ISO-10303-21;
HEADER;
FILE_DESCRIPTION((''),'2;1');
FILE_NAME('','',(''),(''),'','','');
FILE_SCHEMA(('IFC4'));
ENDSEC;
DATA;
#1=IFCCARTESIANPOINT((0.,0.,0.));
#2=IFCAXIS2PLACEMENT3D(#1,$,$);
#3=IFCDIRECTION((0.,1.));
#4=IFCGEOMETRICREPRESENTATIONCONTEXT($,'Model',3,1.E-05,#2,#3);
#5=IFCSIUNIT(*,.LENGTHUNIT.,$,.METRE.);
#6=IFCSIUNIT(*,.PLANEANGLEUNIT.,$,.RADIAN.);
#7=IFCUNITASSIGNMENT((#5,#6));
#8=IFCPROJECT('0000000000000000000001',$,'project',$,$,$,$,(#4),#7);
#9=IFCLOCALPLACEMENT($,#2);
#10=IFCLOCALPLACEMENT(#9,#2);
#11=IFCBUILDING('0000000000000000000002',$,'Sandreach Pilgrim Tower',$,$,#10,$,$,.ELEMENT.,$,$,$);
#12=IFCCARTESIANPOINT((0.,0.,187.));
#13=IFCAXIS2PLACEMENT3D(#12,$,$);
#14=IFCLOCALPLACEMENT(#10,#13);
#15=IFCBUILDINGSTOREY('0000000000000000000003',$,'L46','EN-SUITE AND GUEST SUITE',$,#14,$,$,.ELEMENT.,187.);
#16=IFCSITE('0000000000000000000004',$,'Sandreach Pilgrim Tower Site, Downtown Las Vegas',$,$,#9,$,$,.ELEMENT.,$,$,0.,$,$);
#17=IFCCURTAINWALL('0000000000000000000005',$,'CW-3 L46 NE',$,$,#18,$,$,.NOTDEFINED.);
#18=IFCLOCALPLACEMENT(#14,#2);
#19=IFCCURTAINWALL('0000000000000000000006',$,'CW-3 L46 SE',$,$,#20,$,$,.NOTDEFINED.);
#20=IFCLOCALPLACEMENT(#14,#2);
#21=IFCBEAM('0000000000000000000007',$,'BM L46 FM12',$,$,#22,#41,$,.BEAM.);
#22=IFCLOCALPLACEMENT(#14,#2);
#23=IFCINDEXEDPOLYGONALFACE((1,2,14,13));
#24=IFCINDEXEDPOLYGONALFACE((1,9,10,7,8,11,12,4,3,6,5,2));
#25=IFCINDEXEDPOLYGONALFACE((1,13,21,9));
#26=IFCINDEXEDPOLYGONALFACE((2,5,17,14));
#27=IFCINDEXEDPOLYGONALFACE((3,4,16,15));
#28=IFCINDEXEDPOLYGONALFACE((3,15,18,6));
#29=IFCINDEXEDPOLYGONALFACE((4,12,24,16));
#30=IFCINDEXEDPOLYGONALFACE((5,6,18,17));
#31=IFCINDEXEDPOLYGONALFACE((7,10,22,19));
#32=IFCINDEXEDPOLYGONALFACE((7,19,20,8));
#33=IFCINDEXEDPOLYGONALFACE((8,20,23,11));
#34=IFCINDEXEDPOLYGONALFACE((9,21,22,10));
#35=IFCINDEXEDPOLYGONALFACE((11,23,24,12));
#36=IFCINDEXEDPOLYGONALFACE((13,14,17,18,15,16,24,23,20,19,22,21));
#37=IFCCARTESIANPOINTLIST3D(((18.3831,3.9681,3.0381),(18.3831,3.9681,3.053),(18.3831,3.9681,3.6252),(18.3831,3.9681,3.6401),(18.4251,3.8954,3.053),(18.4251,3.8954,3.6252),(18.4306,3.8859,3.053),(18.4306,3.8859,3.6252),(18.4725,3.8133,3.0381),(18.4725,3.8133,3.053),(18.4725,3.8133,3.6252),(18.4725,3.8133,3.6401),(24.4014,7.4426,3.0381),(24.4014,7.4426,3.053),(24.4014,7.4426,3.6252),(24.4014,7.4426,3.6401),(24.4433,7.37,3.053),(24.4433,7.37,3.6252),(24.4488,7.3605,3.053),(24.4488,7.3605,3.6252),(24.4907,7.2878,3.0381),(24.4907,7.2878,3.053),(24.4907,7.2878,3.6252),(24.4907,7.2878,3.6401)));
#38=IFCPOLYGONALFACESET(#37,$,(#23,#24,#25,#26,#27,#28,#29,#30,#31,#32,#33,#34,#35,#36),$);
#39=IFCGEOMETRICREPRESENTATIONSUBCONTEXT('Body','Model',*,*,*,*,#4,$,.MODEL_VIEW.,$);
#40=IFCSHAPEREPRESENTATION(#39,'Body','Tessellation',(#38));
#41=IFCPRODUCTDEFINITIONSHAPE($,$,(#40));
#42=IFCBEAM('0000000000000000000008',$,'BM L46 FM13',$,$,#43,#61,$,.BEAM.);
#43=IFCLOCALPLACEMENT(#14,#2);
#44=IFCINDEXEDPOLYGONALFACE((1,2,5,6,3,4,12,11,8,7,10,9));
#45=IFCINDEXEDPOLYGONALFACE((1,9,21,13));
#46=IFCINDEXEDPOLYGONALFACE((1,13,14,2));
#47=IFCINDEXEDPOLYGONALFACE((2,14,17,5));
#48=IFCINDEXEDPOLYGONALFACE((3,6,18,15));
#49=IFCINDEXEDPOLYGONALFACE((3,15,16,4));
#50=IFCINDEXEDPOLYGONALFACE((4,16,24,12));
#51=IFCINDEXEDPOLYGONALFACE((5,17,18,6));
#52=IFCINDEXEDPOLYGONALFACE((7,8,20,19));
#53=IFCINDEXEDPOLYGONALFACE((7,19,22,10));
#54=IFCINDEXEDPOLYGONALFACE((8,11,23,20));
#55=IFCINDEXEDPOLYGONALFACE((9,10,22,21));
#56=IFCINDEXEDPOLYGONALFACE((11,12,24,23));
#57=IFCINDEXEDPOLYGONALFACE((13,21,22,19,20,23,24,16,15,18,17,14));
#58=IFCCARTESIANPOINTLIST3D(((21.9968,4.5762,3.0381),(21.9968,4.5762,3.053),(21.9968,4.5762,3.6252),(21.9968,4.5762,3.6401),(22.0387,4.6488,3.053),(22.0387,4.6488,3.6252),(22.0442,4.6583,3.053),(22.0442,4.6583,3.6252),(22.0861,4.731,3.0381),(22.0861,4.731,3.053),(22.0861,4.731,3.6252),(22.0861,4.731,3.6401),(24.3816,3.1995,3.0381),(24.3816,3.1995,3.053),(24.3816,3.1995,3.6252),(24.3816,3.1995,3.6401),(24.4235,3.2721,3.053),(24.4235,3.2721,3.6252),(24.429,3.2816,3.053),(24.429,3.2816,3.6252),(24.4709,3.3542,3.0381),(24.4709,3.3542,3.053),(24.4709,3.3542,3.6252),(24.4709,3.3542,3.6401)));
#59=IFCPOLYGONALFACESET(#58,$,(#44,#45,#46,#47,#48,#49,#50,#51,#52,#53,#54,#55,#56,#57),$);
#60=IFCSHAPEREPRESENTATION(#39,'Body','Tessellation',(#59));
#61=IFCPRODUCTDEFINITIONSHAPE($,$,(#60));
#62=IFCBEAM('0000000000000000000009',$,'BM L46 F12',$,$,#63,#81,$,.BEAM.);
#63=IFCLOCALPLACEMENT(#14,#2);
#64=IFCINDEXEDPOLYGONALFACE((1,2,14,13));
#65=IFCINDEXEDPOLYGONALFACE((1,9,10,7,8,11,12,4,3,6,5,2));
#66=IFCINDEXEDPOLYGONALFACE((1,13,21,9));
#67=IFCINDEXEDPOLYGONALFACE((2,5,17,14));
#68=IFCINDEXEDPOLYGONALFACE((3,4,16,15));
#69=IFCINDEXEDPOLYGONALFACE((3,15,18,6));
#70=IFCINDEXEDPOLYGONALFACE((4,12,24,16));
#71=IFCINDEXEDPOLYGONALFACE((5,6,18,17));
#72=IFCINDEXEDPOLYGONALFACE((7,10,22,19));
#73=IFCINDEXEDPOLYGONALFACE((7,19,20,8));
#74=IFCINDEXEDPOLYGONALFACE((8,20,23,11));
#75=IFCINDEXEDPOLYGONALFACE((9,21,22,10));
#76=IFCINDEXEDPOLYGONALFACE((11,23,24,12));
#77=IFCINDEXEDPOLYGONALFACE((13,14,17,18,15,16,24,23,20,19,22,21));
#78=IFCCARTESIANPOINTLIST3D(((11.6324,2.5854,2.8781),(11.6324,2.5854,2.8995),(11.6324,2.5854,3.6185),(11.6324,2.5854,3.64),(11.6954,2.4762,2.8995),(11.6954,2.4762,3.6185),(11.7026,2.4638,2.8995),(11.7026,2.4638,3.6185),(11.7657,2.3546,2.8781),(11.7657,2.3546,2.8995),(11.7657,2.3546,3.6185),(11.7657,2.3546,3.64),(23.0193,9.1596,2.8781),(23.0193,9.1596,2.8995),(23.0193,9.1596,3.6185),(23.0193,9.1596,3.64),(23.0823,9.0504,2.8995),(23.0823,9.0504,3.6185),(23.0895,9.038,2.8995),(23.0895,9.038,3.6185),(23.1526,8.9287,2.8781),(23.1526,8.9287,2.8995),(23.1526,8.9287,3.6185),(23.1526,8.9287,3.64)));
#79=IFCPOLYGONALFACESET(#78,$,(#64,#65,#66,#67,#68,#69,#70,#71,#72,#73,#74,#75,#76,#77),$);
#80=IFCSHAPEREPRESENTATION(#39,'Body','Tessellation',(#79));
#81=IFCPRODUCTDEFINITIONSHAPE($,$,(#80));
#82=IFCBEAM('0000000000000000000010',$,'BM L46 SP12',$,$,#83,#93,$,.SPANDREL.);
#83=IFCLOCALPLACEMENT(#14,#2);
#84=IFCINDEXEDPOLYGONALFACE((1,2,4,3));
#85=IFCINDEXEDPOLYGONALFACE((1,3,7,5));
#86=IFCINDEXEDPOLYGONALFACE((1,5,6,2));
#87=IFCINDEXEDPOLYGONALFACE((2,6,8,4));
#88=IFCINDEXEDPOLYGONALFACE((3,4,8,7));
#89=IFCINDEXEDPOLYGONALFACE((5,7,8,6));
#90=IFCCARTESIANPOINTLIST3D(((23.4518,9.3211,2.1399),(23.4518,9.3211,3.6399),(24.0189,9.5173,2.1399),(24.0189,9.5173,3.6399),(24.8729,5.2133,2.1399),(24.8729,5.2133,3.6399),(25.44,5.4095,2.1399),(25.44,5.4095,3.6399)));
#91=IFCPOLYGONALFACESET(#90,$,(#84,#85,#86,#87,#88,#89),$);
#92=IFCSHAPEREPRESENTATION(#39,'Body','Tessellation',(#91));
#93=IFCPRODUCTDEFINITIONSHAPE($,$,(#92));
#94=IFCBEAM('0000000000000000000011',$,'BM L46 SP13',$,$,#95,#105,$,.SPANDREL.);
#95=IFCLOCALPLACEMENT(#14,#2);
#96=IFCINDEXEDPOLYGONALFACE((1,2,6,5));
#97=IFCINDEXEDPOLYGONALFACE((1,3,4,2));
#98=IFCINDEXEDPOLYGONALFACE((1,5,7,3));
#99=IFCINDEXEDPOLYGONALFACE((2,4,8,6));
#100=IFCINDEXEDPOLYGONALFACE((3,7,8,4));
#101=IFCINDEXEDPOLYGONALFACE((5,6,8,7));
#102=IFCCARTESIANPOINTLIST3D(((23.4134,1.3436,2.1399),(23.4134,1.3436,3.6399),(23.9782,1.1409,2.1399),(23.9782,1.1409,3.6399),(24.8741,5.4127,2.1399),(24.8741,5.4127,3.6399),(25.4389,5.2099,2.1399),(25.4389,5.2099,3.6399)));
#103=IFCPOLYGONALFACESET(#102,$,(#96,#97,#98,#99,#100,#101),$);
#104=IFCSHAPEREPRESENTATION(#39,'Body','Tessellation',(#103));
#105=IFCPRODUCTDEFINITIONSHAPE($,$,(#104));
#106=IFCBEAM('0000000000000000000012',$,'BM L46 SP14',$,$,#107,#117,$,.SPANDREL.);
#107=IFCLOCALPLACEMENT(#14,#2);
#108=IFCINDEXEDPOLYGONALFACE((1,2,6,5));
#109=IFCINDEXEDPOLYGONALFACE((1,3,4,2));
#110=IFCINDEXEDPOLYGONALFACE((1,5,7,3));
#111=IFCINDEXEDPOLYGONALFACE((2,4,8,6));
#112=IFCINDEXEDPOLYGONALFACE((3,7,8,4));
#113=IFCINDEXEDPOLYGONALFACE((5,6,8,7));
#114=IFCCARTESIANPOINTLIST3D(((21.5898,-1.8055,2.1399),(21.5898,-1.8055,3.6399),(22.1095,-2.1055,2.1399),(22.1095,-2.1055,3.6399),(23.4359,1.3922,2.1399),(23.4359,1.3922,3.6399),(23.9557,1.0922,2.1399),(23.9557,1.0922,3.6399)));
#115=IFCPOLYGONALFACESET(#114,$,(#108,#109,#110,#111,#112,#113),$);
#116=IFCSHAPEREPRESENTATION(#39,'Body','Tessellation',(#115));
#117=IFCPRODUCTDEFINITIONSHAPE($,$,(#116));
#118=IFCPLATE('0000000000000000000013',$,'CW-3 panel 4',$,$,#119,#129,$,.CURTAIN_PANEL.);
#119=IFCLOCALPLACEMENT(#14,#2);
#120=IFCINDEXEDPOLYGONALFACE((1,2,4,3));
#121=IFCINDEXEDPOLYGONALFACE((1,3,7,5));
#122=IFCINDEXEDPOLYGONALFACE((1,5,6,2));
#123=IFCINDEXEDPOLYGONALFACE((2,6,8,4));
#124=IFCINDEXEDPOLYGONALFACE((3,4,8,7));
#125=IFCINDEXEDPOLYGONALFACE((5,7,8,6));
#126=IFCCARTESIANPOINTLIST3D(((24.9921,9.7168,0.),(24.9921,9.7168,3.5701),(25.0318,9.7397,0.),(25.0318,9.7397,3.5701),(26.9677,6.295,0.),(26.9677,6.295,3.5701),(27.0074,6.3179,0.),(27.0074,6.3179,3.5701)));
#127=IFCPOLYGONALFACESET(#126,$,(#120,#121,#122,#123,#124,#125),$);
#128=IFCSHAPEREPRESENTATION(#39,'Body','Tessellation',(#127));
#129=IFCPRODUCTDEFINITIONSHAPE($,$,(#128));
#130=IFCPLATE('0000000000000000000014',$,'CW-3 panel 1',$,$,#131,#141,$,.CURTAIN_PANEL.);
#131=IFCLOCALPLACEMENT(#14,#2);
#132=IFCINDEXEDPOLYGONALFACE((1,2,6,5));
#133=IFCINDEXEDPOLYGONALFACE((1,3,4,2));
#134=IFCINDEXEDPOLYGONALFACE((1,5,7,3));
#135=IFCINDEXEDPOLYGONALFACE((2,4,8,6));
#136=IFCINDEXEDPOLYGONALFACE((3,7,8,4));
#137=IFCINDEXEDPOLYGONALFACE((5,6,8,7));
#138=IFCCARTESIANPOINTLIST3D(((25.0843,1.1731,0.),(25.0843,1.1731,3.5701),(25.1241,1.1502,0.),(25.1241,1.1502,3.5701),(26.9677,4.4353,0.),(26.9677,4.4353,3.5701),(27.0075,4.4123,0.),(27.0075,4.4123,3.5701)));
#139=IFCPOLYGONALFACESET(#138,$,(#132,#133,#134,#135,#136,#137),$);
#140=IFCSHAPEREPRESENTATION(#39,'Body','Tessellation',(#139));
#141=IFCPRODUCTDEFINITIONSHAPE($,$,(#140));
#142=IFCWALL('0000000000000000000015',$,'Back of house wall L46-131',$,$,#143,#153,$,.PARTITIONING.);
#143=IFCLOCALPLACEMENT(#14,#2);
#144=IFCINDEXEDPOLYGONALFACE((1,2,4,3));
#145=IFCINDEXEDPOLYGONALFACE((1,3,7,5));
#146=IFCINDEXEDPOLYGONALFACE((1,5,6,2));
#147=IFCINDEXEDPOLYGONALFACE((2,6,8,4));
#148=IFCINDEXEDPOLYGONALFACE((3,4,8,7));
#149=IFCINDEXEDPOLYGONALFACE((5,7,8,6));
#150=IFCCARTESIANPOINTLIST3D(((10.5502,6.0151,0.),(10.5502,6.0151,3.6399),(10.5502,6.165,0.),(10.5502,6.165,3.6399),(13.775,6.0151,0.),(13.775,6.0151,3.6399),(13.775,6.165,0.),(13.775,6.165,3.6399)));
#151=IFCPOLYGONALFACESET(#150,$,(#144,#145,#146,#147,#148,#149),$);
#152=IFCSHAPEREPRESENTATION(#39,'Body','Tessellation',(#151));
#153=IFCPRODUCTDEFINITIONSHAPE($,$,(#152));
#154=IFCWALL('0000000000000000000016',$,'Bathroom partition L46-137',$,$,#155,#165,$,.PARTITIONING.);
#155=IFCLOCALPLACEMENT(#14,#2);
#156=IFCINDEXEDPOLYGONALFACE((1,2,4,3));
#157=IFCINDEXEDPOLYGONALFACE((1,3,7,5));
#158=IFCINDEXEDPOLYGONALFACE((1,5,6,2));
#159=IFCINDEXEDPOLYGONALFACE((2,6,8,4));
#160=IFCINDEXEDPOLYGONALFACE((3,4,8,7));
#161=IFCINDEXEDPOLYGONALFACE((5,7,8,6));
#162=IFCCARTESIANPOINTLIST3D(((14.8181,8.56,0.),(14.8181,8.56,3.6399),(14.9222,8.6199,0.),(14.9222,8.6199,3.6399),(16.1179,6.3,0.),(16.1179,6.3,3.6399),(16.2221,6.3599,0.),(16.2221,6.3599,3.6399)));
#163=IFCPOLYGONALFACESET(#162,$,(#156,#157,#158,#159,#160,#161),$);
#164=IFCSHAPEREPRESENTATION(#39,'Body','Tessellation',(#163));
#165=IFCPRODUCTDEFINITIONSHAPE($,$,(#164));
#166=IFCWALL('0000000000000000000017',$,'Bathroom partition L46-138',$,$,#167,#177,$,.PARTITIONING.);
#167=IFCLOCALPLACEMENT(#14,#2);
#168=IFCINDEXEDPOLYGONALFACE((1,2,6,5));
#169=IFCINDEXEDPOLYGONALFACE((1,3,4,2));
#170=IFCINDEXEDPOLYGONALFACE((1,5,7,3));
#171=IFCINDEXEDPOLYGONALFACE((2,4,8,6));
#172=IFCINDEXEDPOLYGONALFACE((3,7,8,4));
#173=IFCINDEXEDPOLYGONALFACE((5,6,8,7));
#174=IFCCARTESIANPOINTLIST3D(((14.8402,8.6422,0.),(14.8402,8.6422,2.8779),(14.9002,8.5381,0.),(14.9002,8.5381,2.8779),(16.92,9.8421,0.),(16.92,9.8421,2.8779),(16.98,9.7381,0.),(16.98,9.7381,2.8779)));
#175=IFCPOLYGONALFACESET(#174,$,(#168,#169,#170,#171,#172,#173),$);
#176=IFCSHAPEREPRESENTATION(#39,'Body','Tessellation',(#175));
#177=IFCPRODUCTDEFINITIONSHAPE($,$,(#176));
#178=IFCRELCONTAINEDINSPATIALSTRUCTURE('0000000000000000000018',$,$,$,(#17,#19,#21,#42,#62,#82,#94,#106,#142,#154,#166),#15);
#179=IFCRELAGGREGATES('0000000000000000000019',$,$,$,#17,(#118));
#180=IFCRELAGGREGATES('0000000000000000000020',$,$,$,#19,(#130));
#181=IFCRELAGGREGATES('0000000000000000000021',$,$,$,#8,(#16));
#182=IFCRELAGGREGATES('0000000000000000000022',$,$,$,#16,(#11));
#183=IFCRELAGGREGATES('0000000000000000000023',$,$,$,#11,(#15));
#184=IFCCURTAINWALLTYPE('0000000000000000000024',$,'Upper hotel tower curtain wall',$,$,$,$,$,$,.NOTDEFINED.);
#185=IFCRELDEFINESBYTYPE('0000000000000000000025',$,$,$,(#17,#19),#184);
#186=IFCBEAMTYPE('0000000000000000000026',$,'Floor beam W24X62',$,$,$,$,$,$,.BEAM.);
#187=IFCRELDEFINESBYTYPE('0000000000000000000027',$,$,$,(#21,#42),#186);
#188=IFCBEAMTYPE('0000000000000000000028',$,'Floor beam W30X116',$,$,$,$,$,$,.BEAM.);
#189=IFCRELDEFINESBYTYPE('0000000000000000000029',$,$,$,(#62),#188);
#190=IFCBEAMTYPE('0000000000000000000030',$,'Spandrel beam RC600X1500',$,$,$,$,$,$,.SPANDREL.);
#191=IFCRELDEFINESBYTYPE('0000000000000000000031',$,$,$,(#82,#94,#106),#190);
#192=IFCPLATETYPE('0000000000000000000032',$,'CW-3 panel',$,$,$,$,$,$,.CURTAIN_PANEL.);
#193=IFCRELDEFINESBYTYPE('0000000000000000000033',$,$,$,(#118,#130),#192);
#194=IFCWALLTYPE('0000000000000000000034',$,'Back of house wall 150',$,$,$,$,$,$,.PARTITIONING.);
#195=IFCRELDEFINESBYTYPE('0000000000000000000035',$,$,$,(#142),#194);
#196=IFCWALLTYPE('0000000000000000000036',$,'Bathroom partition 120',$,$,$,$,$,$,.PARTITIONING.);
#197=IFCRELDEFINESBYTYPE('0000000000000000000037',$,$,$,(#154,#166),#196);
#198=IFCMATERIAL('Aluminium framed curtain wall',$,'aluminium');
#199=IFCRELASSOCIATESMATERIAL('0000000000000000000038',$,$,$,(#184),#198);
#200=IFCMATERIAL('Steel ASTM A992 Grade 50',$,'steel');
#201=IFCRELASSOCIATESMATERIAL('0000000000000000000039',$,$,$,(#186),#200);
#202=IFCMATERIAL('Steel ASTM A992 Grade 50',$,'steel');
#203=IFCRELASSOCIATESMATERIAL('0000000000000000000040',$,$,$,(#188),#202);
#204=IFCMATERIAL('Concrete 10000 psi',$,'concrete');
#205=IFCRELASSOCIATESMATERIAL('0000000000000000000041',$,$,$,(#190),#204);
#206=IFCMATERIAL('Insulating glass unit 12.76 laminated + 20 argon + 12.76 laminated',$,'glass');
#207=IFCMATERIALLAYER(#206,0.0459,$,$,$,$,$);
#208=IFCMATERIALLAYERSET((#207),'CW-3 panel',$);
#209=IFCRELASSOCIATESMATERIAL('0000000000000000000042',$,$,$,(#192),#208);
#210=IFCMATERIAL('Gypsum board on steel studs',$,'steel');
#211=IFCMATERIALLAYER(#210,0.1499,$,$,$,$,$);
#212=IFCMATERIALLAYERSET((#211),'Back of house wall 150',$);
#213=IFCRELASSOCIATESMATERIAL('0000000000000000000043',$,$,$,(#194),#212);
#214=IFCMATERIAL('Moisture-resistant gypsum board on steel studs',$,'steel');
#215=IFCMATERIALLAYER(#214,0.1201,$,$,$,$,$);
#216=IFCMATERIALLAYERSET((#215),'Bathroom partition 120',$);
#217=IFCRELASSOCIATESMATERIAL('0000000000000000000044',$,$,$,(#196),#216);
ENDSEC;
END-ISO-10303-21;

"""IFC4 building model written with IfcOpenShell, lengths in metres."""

from ifc_helpers import new_model, si_unit, direction, frame, frame_2d, origin, origin_2d, place, context, subcontext, project, spatial, rectangle, i_section, extrude, material, layer, layer_set, material_profile, profile_set, type_object, element, aggregate, save


model = new_model("IFC4")

# Units and contexts
model_context = context("Model", 3, precision=1e-05, world=origin(), true_north=direction((0.0, 1.0)))
body_context = subcontext(model_context, "Body", "Model", "MODEL_VIEW")
ifc_project = project(units=[si_unit("LENGTHUNIT", "METRE"), si_unit("PLANEANGLEUNIT", "RADIAN")], contexts=[model_context])

# Site, building, storey
site_placement = place(None, origin())
site = spatial("IfcSite", under=ifc_project, at=site_placement, Name="Sandreach Pilgrim Tower Site, Downtown Las Vegas", CompositionType="ELEMENT", RefElevation=0.0)
building_placement = place(site_placement, origin())
building = spatial("IfcBuilding", under=site, at=building_placement, Name="Sandreach Pilgrim Tower", CompositionType="ELEMENT")
storey_placement = place(building_placement, frame((0.0, 0.0, 187.0)))
storey = spatial("IfcBuildingStorey", under=building, at=storey_placement, Name="L46", Description="EN-SUITE AND GUEST SUITE", CompositionType="ELEMENT", Elevation=187.0)

# Curtain wall
ifc_material_1 = material(Name="Aluminium framed curtain wall", Category="aluminium")
curtain_wall_type = type_object("IfcCurtainWallType", Name="Upper hotel tower curtain wall", PredefinedType="NOTDEFINED", material=ifc_material_1)
curtain_wall_1_placement = place(storey_placement, origin())
curtain_wall_1 = element("IfcCurtainWall", 1, at=curtain_wall_1_placement, inside=storey, type_object=curtain_wall_type, Name="CW-3 L46 NE", PredefinedType="NOTDEFINED")

# Curtain wall
curtain_wall_2_placement = place(storey_placement, origin())
curtain_wall_2 = element("IfcCurtainWall", 2, at=curtain_wall_2_placement, inside=storey, type_object=curtain_wall_type, Name="CW-3 L46 SE", PredefinedType="NOTDEFINED")

# Beams
ifc_material_2 = material(Name="Steel ASTM A992 Grade 50", Category="steel")
ifc_material_profile_1 = material_profile(ifc_material_2, i_section(OverallWidth=0.1787, OverallDepth=0.6021, WebThickness=0.011, FlangeThickness=0.0149, at=origin_2d()), Name="W24X62")
ifc_profile_set_1 = profile_set([ifc_material_profile_1], Name="Steel ASTM A992 Grade 50")
beam_type_1 = type_object("IfcBeamType", Name="Floor beam W24X62", PredefinedType="BEAM", material=ifc_profile_set_1)
beam_1_placement = place(storey_placement, frame((24.446, 7.3652, 3.3391), z_axis=(-0.866029, -0.499993, 0.0), x_axis=(0.499993, -0.866029, 0.0)))
element("IfcBeam", 3, at=beam_1_placement, inside=storey, type_object=beam_type_1, Name="BM L46 FM12", PredefinedType="BEAM", context=body_context, shape_type="SweptSolid", body=[
    extrude(i_section(OverallWidth=0.1787, OverallDepth=0.6021, WebThickness=0.011, FlangeThickness=0.0149, at=origin_2d()), origin(), (0.0, 0.0, 1.0), 6.9492),
])
beam_2_placement = place(storey_placement, frame((24.4263, 3.2769, 3.3391), z_axis=(-0.866047, 0.499963, 0.0), x_axis=(-0.499963, -0.866047, 0.0)))
element("IfcBeam", 4, at=beam_2_placement, inside=storey, type_object=beam_type_1, Name="BM L46 FM13", PredefinedType="BEAM", context=body_context, shape_type="SweptSolid", body=[
    extrude(i_section(OverallWidth=0.1787, OverallDepth=0.6021, WebThickness=0.011, FlangeThickness=0.0149, at=origin_2d()), origin(), (0.0, 0.0, 1.0), 2.7537),
])
ifc_material_3 = material(Name="Steel ASTM A992 Grade 50", Category="steel")
ifc_material_profile_2 = material_profile(ifc_material_3, i_section(OverallWidth=0.2666, OverallDepth=0.762, WebThickness=0.0144, FlangeThickness=0.0215, at=origin_2d()), Name="W30X116")
ifc_profile_set_2 = profile_set([ifc_material_profile_2], Name="Steel ASTM A992 Grade 50")
beam_type_2 = type_object("IfcBeamType", Name="Floor beam W30X116", PredefinedType="BEAM", material=ifc_profile_set_2)
beam_3_placement = place(storey_placement, frame((23.0859, 9.0442, 3.259), z_axis=(-0.866027, -0.499997, 0.0), x_axis=(0.499997, -0.866027, 0.0)))
element("IfcBeam", 5, at=beam_3_placement, inside=storey, type_object=beam_type_2, Name="BM L46 F12", PredefinedType="BEAM", context=body_context, shape_type="SweptSolid", body=[
    extrude(i_section(OverallWidth=0.2666, OverallDepth=0.762, WebThickness=0.0144, FlangeThickness=0.0215, at=origin_2d()), origin(), (0.0, 0.0, 1.0), 13.1484),
])
ifc_material_4 = material(Name="Concrete 10000 psi", Category="concrete")
ifc_material_profile_3 = material_profile(ifc_material_4, rectangle(XDim=0.6001, YDim=1.5, at=origin_2d()), Name="RC600X1500")
ifc_profile_set_3 = profile_set([ifc_material_profile_3], Name="Concrete 10000 psi")
beam_type_3 = type_object("IfcBeamType", Name="Spandrel beam RC600X1500", PredefinedType="SPANDREL", material=ifc_profile_set_3)
beam_4_placement = place(storey_placement, frame((23.7354, 9.4192, 2.8899), z_axis=(0.326941, -0.945045, 0.0), x_axis=(0.945045, 0.326941, 0.0)))
element("IfcBeam", 6, at=beam_4_placement, inside=storey, type_object=beam_type_3, Name="BM L46 SP12", PredefinedType="SPANDREL", context=body_context, shape_type="SweptSolid", body=[
    extrude(rectangle(XDim=0.6001, YDim=1.5, at=origin_2d()), origin(), (0.0, 0.0, 1.0), 4.3467),
])
beam_5_placement = place(storey_placement, frame((25.1565, 5.3113, 2.8899), z_axis=(-0.337863, -0.941195, 0.0), x_axis=(0.941195, -0.337863, 0.0)))
element("IfcBeam", 7, at=beam_5_placement, inside=storey, type_object=beam_type_3, Name="BM L46 SP13", PredefinedType="SPANDREL", context=body_context, shape_type="SweptSolid", body=[
    extrude(rectangle(XDim=0.6001, YDim=1.5, at=origin_2d()), origin(), (0.0, 0.0, 1.0), 4.3232),
])
beam_6_placement = place(storey_placement, frame((23.6958, 1.2422, 2.8899), z_axis=(-0.499993, -0.866029, 0.0), x_axis=(0.866029, -0.499993, 0.0)))
element("IfcBeam", 8, at=beam_6_placement, inside=storey, type_object=beam_type_3, Name="BM L46 SP14", PredefinedType="SPANDREL", context=body_context, shape_type="SweptSolid", body=[
    extrude(rectangle(XDim=0.6001, YDim=1.5, at=origin_2d()), origin(), (0.0, 0.0, 1.0), 3.6924),
])

# Plates
ifc_material_5 = material(Name="Insulating glass unit 12.76 laminated + 20 argon + 12.76 laminated", Category="glass")
ifc_layer_1 = layer(ifc_material_5, 0.0459)
ifc_layer_set_1 = layer_set([ifc_layer_1], Name="CW-3 panel")
plate_type = type_object("IfcPlateType", Name="CW-3 panel", PredefinedType="CURTAIN_PANEL", material=ifc_layer_set_1)
plate_1_placement = place(storey_placement, frame((25.9998, 8.0173, 0.0), z_axis=(0.0, 0.0, 1.0), x_axis=(0.5, -0.866025, 0.0)))
plate_1 = element("IfcPlate", 9, at=plate_1_placement, type_object=plate_type, Name="CW-3 panel 4", PredefinedType="CURTAIN_PANEL", context=body_context, shape_type="SweptSolid", body=[
    extrude(rectangle(XDim=3.9512, YDim=0.0459, at=origin_2d()), origin(), (0.0, 0.0, 1.0), 3.5701),
])
aggregate(curtain_wall_1, [plate_1])
plate_2_placement = place(storey_placement, frame((26.0459, 2.7927, 0.0), z_axis=(0.0, 0.0, 1.0), x_axis=(-0.5, -0.866025, 0.0)))
plate_2 = element("IfcPlate", 10, at=plate_2_placement, type_object=plate_type, Name="CW-3 panel 1", PredefinedType="CURTAIN_PANEL", context=body_context, shape_type="SweptSolid", body=[
    extrude(rectangle(XDim=3.7668, YDim=0.0459, at=origin_2d()), origin(), (0.0, 0.0, 1.0), 3.5701),
])
aggregate(curtain_wall_2, [plate_2])

# Walls
ifc_material_6 = material(Name="Gypsum board on steel studs", Category="steel")
ifc_layer_2 = layer(ifc_material_6, 0.1499)
ifc_layer_set_2 = layer_set([ifc_layer_2], Name="Back of house wall 150")
wall_type_1 = type_object("IfcWallType", Name="Back of house wall 150", PredefinedType="PARTITIONING", material=ifc_layer_set_2)
wall_1_placement = place(storey_placement, frame((13.7749, 6.0901, 0.0), z_axis=(0.0, 0.0, 1.0), x_axis=(-1.0, 0.0, 0.0)))
element("IfcWall", 11, at=wall_1_placement, inside=storey, type_object=wall_type_1, Name="Back of house wall L46-131", PredefinedType="PARTITIONING", context=body_context, shape_type="SweptSolid", body=[
    extrude(rectangle(XDim=3.2249, YDim=0.1499, at=frame_2d((1.6123, 0.0))), origin(), (0.0, 0.0, 1.0), 3.6399),
])
ifc_material_7 = material(Name="Moisture-resistant gypsum board on steel studs", Category="steel")
ifc_layer_3 = layer(ifc_material_7, 0.1201)
ifc_layer_set_3 = layer_set([ifc_layer_3], Name="Bathroom partition 120")
wall_type_2 = type_object("IfcWallType", Name="Bathroom partition 120", PredefinedType="PARTITIONING", material=ifc_layer_set_3)
wall_2_placement = place(storey_placement, frame((14.8701, 8.5901, 0.0), z_axis=(0.0, 0.0, 1.0), x_axis=(0.498557, -0.866857, 0.0)))
element("IfcWall", 12, at=wall_2_placement, inside=storey, type_object=wall_type_2, Name="Bathroom partition L46-137", PredefinedType="PARTITIONING", context=body_context, shape_type="SweptSolid", body=[
    extrude(rectangle(XDim=2.6072, YDim=0.1201, at=frame_2d((1.3037, 0.0))), origin(), (0.0, 0.0, 1.0), 3.6399),
])
wall_3_placement = place(storey_placement, frame((14.8701, 8.5901, 0.0), z_axis=(0.0, 0.0, 1.0), x_axis=(0.866177, 0.499737, 0.0)))
element("IfcWall", 13, at=wall_3_placement, inside=storey, type_object=wall_type_2, Name="Bathroom partition L46-138", PredefinedType="PARTITIONING", context=body_context, shape_type="SweptSolid", body=[
    extrude(rectangle(XDim=2.4011, YDim=0.1201, at=frame_2d((1.2007, 0.0))), origin(), (0.0, 0.0, 1.0), 2.8779),
])

save(model, "model.ifc")
